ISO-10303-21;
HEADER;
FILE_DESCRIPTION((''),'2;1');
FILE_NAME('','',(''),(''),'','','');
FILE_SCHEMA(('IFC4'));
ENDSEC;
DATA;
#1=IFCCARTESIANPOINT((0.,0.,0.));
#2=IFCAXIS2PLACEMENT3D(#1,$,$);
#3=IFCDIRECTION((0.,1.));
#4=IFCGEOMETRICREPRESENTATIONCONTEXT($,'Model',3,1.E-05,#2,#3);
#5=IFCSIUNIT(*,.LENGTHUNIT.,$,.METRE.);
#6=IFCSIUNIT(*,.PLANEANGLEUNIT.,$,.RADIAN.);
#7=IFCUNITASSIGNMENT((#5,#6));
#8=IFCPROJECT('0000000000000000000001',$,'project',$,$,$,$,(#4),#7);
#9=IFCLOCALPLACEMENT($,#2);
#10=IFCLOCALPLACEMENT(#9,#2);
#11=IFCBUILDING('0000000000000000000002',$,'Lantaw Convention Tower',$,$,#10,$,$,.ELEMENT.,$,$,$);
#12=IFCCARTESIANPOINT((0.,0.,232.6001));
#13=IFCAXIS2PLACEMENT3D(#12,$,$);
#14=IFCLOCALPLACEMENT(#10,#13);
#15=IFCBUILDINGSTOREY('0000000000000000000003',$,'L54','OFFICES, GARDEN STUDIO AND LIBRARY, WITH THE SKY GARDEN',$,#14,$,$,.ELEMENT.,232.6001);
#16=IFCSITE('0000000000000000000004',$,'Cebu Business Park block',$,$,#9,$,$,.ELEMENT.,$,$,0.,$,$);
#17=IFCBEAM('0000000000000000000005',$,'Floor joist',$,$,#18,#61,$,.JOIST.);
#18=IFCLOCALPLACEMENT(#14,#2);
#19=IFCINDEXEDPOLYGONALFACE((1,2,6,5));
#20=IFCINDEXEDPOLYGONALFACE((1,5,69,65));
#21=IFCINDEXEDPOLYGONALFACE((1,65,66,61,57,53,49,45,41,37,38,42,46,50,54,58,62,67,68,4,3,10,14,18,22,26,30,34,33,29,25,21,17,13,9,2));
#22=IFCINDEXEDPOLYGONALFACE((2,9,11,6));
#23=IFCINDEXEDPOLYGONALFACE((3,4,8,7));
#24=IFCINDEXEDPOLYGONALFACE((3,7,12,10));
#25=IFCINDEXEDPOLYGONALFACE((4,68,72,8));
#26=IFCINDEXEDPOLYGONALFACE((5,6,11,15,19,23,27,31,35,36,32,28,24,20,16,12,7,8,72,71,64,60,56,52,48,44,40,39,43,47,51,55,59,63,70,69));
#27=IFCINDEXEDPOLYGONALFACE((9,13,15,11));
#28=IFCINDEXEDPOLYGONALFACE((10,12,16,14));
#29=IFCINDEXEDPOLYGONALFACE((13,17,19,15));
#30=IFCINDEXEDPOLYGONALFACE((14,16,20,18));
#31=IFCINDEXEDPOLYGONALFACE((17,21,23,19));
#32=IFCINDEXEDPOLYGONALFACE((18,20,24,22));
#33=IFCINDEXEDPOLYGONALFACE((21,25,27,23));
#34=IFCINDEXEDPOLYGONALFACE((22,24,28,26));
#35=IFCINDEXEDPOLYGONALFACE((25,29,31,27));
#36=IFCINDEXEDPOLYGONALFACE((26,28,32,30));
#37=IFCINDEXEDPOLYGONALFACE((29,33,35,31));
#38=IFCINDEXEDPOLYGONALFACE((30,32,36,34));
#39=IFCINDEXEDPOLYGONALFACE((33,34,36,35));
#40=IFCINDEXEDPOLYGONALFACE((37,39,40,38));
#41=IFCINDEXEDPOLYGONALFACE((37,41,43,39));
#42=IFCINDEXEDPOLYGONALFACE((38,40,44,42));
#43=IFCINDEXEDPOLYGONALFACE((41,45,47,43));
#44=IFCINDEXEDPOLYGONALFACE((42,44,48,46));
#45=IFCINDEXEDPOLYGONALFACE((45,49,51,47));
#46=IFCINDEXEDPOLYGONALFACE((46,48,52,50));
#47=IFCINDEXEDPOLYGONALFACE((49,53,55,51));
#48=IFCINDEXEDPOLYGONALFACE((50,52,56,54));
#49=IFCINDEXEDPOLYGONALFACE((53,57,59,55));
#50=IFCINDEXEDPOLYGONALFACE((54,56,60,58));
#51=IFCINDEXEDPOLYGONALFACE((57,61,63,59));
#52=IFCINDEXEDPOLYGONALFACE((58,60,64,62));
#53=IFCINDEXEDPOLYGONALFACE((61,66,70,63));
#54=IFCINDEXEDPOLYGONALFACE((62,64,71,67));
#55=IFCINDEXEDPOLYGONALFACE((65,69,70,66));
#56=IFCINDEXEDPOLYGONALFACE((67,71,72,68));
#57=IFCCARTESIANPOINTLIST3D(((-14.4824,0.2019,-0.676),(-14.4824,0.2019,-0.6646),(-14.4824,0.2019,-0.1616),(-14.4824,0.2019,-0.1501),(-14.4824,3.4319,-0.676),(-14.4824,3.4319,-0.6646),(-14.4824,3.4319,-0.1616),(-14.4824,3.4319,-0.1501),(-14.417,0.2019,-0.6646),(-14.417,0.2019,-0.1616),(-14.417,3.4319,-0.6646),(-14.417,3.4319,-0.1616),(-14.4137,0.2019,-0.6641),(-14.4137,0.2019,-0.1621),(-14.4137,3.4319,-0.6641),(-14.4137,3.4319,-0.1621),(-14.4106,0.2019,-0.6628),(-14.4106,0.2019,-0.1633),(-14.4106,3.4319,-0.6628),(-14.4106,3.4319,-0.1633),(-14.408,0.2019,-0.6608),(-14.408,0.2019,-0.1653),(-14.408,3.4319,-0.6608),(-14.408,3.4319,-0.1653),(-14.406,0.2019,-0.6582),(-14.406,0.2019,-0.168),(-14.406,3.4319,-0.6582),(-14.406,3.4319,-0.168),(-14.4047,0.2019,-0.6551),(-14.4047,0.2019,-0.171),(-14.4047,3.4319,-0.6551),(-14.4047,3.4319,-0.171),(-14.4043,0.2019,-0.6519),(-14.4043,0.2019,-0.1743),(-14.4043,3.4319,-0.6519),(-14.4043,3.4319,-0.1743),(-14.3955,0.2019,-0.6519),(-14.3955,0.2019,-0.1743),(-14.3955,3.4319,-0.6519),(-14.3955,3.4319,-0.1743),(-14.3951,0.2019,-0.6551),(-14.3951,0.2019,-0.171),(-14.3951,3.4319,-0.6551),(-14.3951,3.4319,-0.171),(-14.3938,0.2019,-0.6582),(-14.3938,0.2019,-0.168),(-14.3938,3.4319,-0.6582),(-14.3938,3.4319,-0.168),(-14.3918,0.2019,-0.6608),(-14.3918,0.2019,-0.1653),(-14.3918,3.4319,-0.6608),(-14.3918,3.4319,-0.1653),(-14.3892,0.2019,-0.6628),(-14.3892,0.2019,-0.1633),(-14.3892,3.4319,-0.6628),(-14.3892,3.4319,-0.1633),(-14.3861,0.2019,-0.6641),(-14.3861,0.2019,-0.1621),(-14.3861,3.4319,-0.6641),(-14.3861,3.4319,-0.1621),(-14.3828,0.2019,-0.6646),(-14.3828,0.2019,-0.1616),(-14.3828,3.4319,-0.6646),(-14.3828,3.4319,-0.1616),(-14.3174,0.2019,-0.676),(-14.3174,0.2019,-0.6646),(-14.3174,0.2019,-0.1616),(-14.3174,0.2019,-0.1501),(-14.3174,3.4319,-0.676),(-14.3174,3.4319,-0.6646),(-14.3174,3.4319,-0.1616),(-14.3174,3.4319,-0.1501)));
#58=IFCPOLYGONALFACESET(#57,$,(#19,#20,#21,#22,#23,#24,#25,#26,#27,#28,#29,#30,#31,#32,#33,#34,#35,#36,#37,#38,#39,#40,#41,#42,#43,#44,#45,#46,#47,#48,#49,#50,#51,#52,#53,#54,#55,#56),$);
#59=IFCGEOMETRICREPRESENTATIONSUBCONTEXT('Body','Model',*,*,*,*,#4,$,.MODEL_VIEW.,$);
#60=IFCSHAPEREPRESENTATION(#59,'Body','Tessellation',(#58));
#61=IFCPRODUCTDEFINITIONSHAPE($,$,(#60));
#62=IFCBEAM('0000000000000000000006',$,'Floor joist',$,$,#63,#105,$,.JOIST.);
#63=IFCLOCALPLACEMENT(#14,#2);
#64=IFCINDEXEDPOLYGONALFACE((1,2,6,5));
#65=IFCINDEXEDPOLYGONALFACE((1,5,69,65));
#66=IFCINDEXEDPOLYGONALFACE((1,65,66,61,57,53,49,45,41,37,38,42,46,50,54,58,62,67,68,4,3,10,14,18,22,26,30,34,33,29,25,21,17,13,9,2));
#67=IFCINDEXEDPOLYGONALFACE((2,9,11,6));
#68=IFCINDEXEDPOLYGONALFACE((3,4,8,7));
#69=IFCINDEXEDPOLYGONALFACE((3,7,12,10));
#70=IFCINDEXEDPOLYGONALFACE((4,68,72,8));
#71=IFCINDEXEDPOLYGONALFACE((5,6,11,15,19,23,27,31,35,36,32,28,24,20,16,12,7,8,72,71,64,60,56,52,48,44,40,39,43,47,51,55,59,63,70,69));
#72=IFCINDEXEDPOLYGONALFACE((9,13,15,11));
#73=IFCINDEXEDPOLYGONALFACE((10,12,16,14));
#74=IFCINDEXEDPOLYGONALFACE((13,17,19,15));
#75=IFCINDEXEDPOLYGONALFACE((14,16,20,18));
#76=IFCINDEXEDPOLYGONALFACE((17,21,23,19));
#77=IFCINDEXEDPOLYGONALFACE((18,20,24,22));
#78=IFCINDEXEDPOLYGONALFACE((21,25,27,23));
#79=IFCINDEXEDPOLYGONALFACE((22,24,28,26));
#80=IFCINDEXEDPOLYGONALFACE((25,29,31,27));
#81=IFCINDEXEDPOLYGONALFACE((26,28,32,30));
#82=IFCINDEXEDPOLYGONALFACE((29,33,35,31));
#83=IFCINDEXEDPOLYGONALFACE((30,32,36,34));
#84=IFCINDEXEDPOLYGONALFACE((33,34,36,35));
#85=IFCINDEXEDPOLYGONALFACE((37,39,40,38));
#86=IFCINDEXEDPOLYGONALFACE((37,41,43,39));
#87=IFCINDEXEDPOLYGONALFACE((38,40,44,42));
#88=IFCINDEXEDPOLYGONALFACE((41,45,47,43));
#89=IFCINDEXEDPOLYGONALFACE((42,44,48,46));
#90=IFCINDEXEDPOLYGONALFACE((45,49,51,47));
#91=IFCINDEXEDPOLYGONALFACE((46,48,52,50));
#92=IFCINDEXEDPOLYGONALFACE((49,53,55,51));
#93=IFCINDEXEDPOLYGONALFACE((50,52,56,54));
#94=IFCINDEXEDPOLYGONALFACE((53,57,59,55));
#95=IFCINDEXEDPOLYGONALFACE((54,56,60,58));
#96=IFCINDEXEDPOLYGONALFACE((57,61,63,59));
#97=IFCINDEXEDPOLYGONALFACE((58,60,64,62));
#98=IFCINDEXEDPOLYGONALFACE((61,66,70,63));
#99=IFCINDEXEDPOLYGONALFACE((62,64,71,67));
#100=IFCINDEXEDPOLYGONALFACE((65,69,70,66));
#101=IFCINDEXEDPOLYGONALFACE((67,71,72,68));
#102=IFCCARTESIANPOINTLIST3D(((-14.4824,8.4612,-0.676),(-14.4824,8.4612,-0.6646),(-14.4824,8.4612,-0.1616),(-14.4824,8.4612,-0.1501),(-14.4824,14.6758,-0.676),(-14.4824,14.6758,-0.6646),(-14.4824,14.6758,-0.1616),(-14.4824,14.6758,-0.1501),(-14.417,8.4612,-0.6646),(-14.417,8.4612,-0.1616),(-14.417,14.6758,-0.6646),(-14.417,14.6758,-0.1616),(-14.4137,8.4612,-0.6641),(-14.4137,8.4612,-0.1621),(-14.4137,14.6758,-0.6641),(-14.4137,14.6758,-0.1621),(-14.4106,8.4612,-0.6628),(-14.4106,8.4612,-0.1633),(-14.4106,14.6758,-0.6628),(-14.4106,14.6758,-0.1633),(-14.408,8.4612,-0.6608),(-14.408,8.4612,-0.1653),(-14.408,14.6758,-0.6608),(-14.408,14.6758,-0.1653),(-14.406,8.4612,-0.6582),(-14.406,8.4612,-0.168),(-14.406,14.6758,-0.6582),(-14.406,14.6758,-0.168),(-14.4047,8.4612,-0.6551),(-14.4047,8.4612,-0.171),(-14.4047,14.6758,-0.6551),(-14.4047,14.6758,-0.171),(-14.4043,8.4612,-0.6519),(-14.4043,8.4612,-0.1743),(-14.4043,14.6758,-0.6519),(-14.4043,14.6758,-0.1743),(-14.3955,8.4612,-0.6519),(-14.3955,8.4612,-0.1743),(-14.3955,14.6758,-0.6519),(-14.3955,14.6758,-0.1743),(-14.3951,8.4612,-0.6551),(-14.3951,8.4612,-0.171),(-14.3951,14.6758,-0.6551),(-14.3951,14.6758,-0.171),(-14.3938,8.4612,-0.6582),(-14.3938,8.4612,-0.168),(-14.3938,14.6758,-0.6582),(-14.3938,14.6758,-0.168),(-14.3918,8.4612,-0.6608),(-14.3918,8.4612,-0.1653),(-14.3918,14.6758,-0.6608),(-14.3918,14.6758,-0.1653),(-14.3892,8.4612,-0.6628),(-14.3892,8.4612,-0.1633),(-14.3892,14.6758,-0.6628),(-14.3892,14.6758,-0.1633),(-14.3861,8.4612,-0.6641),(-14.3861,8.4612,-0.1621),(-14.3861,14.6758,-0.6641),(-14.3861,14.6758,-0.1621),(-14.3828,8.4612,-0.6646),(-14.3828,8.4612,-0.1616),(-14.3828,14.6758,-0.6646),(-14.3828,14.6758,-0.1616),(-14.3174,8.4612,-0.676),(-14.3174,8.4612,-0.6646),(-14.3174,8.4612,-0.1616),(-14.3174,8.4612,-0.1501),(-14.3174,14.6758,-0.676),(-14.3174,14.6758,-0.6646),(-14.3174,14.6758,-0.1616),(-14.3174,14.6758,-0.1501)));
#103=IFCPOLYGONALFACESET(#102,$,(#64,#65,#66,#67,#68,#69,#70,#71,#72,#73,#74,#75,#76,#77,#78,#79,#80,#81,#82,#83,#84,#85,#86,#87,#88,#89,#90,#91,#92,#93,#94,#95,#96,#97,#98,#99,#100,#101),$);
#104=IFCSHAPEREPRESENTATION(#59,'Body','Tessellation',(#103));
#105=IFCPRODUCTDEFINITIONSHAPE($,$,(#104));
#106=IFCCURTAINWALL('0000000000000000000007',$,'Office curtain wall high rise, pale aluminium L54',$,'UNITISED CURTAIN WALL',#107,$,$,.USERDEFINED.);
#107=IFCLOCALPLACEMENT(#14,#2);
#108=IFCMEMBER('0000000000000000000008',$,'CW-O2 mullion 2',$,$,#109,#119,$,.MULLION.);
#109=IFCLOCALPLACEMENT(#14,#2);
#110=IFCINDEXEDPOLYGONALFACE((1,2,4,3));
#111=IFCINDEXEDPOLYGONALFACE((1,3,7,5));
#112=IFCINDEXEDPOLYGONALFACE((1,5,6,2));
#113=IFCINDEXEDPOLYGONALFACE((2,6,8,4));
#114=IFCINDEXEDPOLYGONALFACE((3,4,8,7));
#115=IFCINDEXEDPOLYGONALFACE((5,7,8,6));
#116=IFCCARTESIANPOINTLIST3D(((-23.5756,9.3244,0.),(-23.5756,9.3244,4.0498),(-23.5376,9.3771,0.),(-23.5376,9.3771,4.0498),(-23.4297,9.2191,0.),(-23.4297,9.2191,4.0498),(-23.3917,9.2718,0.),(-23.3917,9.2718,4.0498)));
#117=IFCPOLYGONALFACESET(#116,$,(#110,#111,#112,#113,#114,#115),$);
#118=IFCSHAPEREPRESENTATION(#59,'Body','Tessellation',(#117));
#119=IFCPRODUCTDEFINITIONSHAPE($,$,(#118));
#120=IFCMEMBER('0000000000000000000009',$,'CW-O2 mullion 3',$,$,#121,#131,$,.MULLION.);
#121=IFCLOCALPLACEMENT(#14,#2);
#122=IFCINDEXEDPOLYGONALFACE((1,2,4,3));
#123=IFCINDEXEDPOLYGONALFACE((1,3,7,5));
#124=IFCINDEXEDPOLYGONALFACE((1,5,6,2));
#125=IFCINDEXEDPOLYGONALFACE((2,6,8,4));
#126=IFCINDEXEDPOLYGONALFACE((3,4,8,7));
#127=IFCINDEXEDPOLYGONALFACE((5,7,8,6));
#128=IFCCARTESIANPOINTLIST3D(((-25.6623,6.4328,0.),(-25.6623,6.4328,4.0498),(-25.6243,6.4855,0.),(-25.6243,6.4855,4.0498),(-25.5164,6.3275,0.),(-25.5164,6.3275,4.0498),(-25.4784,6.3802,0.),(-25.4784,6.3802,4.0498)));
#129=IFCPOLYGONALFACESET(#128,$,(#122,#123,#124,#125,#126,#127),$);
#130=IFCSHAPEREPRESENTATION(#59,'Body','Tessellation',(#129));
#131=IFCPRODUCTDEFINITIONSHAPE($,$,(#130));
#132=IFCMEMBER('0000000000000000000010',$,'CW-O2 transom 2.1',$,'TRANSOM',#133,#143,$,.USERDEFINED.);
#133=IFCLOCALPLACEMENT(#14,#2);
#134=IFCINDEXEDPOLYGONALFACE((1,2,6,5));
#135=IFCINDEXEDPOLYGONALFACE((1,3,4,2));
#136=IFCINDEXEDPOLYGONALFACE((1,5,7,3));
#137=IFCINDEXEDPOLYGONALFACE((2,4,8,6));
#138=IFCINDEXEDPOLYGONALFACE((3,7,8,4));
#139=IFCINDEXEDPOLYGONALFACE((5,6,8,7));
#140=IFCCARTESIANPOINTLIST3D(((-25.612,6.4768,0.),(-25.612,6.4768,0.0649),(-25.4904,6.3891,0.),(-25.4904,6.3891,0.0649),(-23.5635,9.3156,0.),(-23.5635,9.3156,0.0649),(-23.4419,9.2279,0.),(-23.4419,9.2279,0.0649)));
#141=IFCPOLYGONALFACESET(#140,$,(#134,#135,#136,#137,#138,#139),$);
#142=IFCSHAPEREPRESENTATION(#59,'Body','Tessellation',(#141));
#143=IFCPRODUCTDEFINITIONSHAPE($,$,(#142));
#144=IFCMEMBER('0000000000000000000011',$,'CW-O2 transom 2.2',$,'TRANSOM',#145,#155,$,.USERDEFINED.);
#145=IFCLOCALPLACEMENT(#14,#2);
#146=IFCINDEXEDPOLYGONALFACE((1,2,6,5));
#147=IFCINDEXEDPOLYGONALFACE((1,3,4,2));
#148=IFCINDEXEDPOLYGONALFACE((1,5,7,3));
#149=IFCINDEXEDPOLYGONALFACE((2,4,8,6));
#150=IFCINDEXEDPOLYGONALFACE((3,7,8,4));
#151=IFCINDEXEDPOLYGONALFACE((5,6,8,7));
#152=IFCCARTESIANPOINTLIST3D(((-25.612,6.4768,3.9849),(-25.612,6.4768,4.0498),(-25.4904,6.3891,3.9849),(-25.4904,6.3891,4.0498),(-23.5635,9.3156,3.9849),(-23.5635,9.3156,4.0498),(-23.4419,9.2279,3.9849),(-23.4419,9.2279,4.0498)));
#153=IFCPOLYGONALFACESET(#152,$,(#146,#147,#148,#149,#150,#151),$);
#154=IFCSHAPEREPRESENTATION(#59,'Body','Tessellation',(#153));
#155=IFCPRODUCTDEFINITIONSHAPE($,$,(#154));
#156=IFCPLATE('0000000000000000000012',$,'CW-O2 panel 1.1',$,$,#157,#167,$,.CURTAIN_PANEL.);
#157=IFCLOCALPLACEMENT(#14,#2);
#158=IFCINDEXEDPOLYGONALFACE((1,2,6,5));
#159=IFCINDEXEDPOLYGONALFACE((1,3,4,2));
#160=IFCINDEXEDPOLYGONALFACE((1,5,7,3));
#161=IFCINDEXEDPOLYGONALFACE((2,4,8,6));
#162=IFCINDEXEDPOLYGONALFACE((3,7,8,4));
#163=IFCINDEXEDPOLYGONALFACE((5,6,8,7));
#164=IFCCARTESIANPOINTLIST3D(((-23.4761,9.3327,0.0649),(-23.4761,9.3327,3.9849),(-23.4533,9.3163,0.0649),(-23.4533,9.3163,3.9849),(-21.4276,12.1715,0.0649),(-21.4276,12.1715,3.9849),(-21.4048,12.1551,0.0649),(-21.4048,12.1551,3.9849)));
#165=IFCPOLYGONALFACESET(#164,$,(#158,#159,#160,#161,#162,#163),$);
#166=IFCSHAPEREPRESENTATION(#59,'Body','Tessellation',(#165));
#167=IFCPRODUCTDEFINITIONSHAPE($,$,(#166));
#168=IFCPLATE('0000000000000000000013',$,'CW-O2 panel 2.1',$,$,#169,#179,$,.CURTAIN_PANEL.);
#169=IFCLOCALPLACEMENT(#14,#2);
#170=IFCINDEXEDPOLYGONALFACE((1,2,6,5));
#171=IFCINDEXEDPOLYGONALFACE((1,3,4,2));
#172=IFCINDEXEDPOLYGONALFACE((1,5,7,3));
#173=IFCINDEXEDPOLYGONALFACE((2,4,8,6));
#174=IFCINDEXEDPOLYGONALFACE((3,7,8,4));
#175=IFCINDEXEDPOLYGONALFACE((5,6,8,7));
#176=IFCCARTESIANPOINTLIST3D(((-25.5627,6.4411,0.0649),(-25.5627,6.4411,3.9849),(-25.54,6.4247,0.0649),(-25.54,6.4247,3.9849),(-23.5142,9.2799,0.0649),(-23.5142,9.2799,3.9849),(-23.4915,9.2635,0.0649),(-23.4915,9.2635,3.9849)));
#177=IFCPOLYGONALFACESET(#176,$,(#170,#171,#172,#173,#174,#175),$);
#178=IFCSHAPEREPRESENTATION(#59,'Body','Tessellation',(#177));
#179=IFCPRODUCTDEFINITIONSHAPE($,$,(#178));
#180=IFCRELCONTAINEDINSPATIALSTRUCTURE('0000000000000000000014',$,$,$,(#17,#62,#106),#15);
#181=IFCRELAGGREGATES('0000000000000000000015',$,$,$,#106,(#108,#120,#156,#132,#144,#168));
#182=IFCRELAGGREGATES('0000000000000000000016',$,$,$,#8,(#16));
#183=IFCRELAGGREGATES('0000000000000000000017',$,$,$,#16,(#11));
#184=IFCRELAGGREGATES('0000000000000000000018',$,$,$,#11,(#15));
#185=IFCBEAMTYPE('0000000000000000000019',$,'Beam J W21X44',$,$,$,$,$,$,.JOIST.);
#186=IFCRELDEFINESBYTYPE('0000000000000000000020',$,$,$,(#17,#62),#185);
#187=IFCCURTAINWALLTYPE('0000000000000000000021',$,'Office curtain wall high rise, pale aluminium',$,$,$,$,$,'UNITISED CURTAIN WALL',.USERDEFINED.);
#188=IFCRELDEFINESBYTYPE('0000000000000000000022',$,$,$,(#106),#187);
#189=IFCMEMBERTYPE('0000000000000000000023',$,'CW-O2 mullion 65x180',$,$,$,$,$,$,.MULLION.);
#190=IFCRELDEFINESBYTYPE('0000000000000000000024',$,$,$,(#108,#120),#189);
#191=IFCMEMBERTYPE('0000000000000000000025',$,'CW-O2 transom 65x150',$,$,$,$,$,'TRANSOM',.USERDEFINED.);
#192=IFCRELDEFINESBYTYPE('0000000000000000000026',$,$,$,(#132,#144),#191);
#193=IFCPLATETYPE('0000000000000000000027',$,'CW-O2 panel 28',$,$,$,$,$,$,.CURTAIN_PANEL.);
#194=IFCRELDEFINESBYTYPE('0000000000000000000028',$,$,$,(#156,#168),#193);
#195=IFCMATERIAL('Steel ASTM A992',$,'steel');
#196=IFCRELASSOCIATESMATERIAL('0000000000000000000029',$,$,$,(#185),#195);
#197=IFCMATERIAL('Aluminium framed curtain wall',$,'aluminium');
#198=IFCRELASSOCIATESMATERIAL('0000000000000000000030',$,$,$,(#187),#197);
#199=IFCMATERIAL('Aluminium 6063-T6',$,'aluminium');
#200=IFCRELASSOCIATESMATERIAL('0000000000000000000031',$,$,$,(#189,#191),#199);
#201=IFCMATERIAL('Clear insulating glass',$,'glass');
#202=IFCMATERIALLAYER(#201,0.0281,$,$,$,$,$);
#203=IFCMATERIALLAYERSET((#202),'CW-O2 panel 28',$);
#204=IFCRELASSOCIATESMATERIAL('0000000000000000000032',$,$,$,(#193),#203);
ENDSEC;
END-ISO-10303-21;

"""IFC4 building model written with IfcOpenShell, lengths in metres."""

from ifc_helpers import new_model, si_unit, direction, frame, origin, origin_2d, place, context, subcontext, project, spatial, rectangle, i_section, extrude, material, layer, layer_set, material_profile, profile_set, type_object, element, aggregate, save


model = new_model("IFC4")

# Units and contexts
model_context = context("Model", 3, precision=1e-05, world=origin(), true_north=direction((0.0, 1.0)))
body_context = subcontext(model_context, "Body", "Model", "MODEL_VIEW")
ifc_project = project(units=[si_unit("LENGTHUNIT", "METRE"), si_unit("PLANEANGLEUNIT", "RADIAN")], contexts=[model_context])

# Site, building, storey
site_placement = place(None, origin())
site = spatial("IfcSite", under=ifc_project, at=site_placement, Name="Cebu Business Park block", CompositionType="ELEMENT", RefElevation=0.0)
building_placement = place(site_placement, origin())
building = spatial("IfcBuilding", under=site, at=building_placement, Name="Lantaw Convention Tower", CompositionType="ELEMENT")
storey_placement = place(building_placement, frame((0.0, 0.0, 232.6001)))
storey = spatial("IfcBuildingStorey", under=building, at=storey_placement, Name="L54", Description="OFFICES, GARDEN STUDIO AND LIBRARY, WITH THE SKY GARDEN", CompositionType="ELEMENT", Elevation=232.6001)

# Beams
ifc_material_1 = material(Name="Steel ASTM A992", Category="steel")
ifc_material_profile_1 = material_profile(ifc_material_1, i_section(OverallWidth=0.165, OverallDepth=0.5259, WebThickness=0.0088, FlangeThickness=0.0115, FilletRadius=0.0127, at=origin_2d()), Name="W21X44")
ifc_profile_set_1 = profile_set([ifc_material_profile_1], Name="Steel ASTM A992")
beam_type_1 = type_object("IfcBeamType", Name="Beam J W21X44", PredefinedType="JOIST", material=ifc_profile_set_1)
beam_1_placement = place(storey_placement, frame((-14.3999, 0.2019, -0.4131), z_axis=(0.0, 1.0, 0.0), x_axis=(-1.0, 0.0, 0.0)))
element("IfcBeam", 1, at=beam_1_placement, inside=storey, type_object=beam_type_1, Name="Floor joist", PredefinedType="JOIST", context=body_context, shape_type="SweptSolid", body=[
    extrude(i_section(OverallWidth=0.165, OverallDepth=0.5259, WebThickness=0.0088, FlangeThickness=0.0115, FilletRadius=0.0127, at=origin_2d()), origin(), (0.0, 0.0, 1.0), 3.23),
])
beam_2_placement = place(storey_placement, frame((-14.3999, 8.4612, -0.4131), z_axis=(0.0, 1.0, 0.0), x_axis=(-1.0, 0.0, 0.0)))
element("IfcBeam", 2, at=beam_2_placement, inside=storey, type_object=beam_type_1, Name="Floor joist", PredefinedType="JOIST", context=body_context, shape_type="SweptSolid", body=[
    extrude(i_section(OverallWidth=0.165, OverallDepth=0.5259, WebThickness=0.0088, FlangeThickness=0.0115, FilletRadius=0.0127, at=origin_2d()), origin(), (0.0, 0.0, 1.0), 6.2146),
])

# Curtain wall, members, plates
ifc_material_2 = material(Name="Aluminium framed curtain wall", Category="aluminium")
curtain_wall_type = type_object("IfcCurtainWallType", Name="Office curtain wall high rise, pale aluminium", ElementType="UNITISED CURTAIN WALL", PredefinedType="USERDEFINED", material=ifc_material_2)
curtain_wall_placement = place(storey_placement, origin())
curtain_wall = element("IfcCurtainWall", 3, at=curtain_wall_placement, inside=storey, type_object=curtain_wall_type, Name="Office curtain wall high rise, pale aluminium L54", ObjectType="UNITISED CURTAIN WALL", PredefinedType="USERDEFINED")
ifc_material_3 = material(Name="Aluminium 6063-T6", Category="aluminium")
ifc_material_profile_2 = material_profile(ifc_material_3, rectangle(XDim=0.1799, YDim=0.0649, at=origin_2d()), Name="CW-O2 mullion 65x180")
ifc_profile_set_2 = profile_set([ifc_material_profile_2], Name="Aluminium 6063-T6")
member_type_1 = type_object("IfcMemberType", Name="CW-O2 mullion 65x180", PredefinedType="MULLION", material=ifc_profile_set_2)
member_1_placement = place(storey_placement, frame((-23.4836, 9.2981, 0.0), z_axis=(0.0, 0.0, 1.0), x_axis=(0.81092, -0.585158, 0.0)))
member_1 = element("IfcMember", 4, at=member_1_placement, type_object=member_type_1, Name="CW-O2 mullion 2", PredefinedType="MULLION", context=body_context, shape_type="SweptSolid", body=[
    extrude(rectangle(XDim=0.1799, YDim=0.0649, at=origin_2d()), origin(), (0.0, 0.0, 1.0), 4.0498),
])
member_2_placement = place(storey_placement, frame((-25.5703, 6.4065, 0.0), z_axis=(0.0, 0.0, 1.0), x_axis=(0.81092, -0.585158, 0.0)))
member_2 = element("IfcMember", 5, at=member_2_placement, type_object=member_type_1, Name="CW-O2 mullion 3", PredefinedType="MULLION", context=body_context, shape_type="SweptSolid", body=[
    extrude(rectangle(XDim=0.1799, YDim=0.0649, at=origin_2d()), origin(), (0.0, 0.0, 1.0), 4.0498),
])
ifc_material_profile_3 = material_profile(ifc_material_3, rectangle(XDim=0.1499, YDim=0.0649, at=origin_2d()), Name="CW-O2 transom 65x150")
ifc_profile_set_3 = profile_set([ifc_material_profile_3], Name="Aluminium 6063-T6")
member_type_2 = type_object("IfcMemberType", Name="CW-O2 transom 65x150", ElementType="TRANSOM", PredefinedType="USERDEFINED", material=ifc_profile_set_3)
member_3_placement = place(storey_placement, frame((-23.5027, 9.2717, 0.0325), z_axis=(-0.58517, -0.810911, 0.0), x_axis=(0.810911, -0.58517, 0.0)))
member_3 = element("IfcMember", 6, at=member_3_placement, type_object=member_type_2, Name="CW-O2 transom 2.1", ObjectType="TRANSOM", PredefinedType="USERDEFINED", context=body_context, shape_type="SweptSolid", body=[
    extrude(rectangle(XDim=0.1499, YDim=0.0649, at=origin_2d()), origin(), (0.0, 0.0, 1.0), 3.5007),
])
member_4_placement = place(storey_placement, frame((-23.5027, 9.2717, 4.0173), z_axis=(-0.58517, -0.810911, 0.0), x_axis=(0.810911, -0.58517, 0.0)))
member_4 = element("IfcMember", 7, at=member_4_placement, type_object=member_type_2, Name="CW-O2 transom 2.2", ObjectType="TRANSOM", PredefinedType="USERDEFINED", context=body_context, shape_type="SweptSolid", body=[
    extrude(rectangle(XDim=0.1499, YDim=0.0649, at=origin_2d()), origin(), (0.0, 0.0, 1.0), 3.5007),
])
ifc_material_4 = material(Name="Clear insulating glass", Category="glass")
ifc_layer_1 = layer(ifc_material_4, 0.0281)
ifc_layer_set_1 = layer_set([ifc_layer_1], Name="CW-O2 panel 28")
plate_type = type_object("IfcPlateType", Name="CW-O2 panel 28", PredefinedType="CURTAIN_PANEL", material=ifc_layer_set_1)
plate_1_placement = place(storey_placement, frame((-22.4404, 10.7439, 0.0649), z_axis=(0.0, 0.0, 1.0), x_axis=(-0.585158, -0.81092, 0.0)))
plate_1 = element("IfcPlate", 8, at=plate_1_placement, type_object=plate_type, Name="CW-O2 panel 1.1", PredefinedType="CURTAIN_PANEL", context=body_context, shape_type="SweptSolid", body=[
    extrude(rectangle(XDim=3.5007, YDim=0.0281, at=origin_2d()), origin(), (0.0, 0.0, 1.0), 3.9199),
])
plate_2_placement = place(storey_placement, frame((-24.5271, 7.8523, 0.0649), z_axis=(0.0, 0.0, 1.0), x_axis=(-0.585158, -0.81092, 0.0)))
plate_2 = element("IfcPlate", 9, at=plate_2_placement, type_object=plate_type, Name="CW-O2 panel 2.1", PredefinedType="CURTAIN_PANEL", context=body_context, shape_type="SweptSolid", body=[
    extrude(rectangle(XDim=3.5007, YDim=0.0281, at=origin_2d()), origin(), (0.0, 0.0, 1.0), 3.9199),
])
aggregate(curtain_wall, [member_1, member_2, plate_1, member_3, member_4, plate_2])

save(model, "model.ifc")
